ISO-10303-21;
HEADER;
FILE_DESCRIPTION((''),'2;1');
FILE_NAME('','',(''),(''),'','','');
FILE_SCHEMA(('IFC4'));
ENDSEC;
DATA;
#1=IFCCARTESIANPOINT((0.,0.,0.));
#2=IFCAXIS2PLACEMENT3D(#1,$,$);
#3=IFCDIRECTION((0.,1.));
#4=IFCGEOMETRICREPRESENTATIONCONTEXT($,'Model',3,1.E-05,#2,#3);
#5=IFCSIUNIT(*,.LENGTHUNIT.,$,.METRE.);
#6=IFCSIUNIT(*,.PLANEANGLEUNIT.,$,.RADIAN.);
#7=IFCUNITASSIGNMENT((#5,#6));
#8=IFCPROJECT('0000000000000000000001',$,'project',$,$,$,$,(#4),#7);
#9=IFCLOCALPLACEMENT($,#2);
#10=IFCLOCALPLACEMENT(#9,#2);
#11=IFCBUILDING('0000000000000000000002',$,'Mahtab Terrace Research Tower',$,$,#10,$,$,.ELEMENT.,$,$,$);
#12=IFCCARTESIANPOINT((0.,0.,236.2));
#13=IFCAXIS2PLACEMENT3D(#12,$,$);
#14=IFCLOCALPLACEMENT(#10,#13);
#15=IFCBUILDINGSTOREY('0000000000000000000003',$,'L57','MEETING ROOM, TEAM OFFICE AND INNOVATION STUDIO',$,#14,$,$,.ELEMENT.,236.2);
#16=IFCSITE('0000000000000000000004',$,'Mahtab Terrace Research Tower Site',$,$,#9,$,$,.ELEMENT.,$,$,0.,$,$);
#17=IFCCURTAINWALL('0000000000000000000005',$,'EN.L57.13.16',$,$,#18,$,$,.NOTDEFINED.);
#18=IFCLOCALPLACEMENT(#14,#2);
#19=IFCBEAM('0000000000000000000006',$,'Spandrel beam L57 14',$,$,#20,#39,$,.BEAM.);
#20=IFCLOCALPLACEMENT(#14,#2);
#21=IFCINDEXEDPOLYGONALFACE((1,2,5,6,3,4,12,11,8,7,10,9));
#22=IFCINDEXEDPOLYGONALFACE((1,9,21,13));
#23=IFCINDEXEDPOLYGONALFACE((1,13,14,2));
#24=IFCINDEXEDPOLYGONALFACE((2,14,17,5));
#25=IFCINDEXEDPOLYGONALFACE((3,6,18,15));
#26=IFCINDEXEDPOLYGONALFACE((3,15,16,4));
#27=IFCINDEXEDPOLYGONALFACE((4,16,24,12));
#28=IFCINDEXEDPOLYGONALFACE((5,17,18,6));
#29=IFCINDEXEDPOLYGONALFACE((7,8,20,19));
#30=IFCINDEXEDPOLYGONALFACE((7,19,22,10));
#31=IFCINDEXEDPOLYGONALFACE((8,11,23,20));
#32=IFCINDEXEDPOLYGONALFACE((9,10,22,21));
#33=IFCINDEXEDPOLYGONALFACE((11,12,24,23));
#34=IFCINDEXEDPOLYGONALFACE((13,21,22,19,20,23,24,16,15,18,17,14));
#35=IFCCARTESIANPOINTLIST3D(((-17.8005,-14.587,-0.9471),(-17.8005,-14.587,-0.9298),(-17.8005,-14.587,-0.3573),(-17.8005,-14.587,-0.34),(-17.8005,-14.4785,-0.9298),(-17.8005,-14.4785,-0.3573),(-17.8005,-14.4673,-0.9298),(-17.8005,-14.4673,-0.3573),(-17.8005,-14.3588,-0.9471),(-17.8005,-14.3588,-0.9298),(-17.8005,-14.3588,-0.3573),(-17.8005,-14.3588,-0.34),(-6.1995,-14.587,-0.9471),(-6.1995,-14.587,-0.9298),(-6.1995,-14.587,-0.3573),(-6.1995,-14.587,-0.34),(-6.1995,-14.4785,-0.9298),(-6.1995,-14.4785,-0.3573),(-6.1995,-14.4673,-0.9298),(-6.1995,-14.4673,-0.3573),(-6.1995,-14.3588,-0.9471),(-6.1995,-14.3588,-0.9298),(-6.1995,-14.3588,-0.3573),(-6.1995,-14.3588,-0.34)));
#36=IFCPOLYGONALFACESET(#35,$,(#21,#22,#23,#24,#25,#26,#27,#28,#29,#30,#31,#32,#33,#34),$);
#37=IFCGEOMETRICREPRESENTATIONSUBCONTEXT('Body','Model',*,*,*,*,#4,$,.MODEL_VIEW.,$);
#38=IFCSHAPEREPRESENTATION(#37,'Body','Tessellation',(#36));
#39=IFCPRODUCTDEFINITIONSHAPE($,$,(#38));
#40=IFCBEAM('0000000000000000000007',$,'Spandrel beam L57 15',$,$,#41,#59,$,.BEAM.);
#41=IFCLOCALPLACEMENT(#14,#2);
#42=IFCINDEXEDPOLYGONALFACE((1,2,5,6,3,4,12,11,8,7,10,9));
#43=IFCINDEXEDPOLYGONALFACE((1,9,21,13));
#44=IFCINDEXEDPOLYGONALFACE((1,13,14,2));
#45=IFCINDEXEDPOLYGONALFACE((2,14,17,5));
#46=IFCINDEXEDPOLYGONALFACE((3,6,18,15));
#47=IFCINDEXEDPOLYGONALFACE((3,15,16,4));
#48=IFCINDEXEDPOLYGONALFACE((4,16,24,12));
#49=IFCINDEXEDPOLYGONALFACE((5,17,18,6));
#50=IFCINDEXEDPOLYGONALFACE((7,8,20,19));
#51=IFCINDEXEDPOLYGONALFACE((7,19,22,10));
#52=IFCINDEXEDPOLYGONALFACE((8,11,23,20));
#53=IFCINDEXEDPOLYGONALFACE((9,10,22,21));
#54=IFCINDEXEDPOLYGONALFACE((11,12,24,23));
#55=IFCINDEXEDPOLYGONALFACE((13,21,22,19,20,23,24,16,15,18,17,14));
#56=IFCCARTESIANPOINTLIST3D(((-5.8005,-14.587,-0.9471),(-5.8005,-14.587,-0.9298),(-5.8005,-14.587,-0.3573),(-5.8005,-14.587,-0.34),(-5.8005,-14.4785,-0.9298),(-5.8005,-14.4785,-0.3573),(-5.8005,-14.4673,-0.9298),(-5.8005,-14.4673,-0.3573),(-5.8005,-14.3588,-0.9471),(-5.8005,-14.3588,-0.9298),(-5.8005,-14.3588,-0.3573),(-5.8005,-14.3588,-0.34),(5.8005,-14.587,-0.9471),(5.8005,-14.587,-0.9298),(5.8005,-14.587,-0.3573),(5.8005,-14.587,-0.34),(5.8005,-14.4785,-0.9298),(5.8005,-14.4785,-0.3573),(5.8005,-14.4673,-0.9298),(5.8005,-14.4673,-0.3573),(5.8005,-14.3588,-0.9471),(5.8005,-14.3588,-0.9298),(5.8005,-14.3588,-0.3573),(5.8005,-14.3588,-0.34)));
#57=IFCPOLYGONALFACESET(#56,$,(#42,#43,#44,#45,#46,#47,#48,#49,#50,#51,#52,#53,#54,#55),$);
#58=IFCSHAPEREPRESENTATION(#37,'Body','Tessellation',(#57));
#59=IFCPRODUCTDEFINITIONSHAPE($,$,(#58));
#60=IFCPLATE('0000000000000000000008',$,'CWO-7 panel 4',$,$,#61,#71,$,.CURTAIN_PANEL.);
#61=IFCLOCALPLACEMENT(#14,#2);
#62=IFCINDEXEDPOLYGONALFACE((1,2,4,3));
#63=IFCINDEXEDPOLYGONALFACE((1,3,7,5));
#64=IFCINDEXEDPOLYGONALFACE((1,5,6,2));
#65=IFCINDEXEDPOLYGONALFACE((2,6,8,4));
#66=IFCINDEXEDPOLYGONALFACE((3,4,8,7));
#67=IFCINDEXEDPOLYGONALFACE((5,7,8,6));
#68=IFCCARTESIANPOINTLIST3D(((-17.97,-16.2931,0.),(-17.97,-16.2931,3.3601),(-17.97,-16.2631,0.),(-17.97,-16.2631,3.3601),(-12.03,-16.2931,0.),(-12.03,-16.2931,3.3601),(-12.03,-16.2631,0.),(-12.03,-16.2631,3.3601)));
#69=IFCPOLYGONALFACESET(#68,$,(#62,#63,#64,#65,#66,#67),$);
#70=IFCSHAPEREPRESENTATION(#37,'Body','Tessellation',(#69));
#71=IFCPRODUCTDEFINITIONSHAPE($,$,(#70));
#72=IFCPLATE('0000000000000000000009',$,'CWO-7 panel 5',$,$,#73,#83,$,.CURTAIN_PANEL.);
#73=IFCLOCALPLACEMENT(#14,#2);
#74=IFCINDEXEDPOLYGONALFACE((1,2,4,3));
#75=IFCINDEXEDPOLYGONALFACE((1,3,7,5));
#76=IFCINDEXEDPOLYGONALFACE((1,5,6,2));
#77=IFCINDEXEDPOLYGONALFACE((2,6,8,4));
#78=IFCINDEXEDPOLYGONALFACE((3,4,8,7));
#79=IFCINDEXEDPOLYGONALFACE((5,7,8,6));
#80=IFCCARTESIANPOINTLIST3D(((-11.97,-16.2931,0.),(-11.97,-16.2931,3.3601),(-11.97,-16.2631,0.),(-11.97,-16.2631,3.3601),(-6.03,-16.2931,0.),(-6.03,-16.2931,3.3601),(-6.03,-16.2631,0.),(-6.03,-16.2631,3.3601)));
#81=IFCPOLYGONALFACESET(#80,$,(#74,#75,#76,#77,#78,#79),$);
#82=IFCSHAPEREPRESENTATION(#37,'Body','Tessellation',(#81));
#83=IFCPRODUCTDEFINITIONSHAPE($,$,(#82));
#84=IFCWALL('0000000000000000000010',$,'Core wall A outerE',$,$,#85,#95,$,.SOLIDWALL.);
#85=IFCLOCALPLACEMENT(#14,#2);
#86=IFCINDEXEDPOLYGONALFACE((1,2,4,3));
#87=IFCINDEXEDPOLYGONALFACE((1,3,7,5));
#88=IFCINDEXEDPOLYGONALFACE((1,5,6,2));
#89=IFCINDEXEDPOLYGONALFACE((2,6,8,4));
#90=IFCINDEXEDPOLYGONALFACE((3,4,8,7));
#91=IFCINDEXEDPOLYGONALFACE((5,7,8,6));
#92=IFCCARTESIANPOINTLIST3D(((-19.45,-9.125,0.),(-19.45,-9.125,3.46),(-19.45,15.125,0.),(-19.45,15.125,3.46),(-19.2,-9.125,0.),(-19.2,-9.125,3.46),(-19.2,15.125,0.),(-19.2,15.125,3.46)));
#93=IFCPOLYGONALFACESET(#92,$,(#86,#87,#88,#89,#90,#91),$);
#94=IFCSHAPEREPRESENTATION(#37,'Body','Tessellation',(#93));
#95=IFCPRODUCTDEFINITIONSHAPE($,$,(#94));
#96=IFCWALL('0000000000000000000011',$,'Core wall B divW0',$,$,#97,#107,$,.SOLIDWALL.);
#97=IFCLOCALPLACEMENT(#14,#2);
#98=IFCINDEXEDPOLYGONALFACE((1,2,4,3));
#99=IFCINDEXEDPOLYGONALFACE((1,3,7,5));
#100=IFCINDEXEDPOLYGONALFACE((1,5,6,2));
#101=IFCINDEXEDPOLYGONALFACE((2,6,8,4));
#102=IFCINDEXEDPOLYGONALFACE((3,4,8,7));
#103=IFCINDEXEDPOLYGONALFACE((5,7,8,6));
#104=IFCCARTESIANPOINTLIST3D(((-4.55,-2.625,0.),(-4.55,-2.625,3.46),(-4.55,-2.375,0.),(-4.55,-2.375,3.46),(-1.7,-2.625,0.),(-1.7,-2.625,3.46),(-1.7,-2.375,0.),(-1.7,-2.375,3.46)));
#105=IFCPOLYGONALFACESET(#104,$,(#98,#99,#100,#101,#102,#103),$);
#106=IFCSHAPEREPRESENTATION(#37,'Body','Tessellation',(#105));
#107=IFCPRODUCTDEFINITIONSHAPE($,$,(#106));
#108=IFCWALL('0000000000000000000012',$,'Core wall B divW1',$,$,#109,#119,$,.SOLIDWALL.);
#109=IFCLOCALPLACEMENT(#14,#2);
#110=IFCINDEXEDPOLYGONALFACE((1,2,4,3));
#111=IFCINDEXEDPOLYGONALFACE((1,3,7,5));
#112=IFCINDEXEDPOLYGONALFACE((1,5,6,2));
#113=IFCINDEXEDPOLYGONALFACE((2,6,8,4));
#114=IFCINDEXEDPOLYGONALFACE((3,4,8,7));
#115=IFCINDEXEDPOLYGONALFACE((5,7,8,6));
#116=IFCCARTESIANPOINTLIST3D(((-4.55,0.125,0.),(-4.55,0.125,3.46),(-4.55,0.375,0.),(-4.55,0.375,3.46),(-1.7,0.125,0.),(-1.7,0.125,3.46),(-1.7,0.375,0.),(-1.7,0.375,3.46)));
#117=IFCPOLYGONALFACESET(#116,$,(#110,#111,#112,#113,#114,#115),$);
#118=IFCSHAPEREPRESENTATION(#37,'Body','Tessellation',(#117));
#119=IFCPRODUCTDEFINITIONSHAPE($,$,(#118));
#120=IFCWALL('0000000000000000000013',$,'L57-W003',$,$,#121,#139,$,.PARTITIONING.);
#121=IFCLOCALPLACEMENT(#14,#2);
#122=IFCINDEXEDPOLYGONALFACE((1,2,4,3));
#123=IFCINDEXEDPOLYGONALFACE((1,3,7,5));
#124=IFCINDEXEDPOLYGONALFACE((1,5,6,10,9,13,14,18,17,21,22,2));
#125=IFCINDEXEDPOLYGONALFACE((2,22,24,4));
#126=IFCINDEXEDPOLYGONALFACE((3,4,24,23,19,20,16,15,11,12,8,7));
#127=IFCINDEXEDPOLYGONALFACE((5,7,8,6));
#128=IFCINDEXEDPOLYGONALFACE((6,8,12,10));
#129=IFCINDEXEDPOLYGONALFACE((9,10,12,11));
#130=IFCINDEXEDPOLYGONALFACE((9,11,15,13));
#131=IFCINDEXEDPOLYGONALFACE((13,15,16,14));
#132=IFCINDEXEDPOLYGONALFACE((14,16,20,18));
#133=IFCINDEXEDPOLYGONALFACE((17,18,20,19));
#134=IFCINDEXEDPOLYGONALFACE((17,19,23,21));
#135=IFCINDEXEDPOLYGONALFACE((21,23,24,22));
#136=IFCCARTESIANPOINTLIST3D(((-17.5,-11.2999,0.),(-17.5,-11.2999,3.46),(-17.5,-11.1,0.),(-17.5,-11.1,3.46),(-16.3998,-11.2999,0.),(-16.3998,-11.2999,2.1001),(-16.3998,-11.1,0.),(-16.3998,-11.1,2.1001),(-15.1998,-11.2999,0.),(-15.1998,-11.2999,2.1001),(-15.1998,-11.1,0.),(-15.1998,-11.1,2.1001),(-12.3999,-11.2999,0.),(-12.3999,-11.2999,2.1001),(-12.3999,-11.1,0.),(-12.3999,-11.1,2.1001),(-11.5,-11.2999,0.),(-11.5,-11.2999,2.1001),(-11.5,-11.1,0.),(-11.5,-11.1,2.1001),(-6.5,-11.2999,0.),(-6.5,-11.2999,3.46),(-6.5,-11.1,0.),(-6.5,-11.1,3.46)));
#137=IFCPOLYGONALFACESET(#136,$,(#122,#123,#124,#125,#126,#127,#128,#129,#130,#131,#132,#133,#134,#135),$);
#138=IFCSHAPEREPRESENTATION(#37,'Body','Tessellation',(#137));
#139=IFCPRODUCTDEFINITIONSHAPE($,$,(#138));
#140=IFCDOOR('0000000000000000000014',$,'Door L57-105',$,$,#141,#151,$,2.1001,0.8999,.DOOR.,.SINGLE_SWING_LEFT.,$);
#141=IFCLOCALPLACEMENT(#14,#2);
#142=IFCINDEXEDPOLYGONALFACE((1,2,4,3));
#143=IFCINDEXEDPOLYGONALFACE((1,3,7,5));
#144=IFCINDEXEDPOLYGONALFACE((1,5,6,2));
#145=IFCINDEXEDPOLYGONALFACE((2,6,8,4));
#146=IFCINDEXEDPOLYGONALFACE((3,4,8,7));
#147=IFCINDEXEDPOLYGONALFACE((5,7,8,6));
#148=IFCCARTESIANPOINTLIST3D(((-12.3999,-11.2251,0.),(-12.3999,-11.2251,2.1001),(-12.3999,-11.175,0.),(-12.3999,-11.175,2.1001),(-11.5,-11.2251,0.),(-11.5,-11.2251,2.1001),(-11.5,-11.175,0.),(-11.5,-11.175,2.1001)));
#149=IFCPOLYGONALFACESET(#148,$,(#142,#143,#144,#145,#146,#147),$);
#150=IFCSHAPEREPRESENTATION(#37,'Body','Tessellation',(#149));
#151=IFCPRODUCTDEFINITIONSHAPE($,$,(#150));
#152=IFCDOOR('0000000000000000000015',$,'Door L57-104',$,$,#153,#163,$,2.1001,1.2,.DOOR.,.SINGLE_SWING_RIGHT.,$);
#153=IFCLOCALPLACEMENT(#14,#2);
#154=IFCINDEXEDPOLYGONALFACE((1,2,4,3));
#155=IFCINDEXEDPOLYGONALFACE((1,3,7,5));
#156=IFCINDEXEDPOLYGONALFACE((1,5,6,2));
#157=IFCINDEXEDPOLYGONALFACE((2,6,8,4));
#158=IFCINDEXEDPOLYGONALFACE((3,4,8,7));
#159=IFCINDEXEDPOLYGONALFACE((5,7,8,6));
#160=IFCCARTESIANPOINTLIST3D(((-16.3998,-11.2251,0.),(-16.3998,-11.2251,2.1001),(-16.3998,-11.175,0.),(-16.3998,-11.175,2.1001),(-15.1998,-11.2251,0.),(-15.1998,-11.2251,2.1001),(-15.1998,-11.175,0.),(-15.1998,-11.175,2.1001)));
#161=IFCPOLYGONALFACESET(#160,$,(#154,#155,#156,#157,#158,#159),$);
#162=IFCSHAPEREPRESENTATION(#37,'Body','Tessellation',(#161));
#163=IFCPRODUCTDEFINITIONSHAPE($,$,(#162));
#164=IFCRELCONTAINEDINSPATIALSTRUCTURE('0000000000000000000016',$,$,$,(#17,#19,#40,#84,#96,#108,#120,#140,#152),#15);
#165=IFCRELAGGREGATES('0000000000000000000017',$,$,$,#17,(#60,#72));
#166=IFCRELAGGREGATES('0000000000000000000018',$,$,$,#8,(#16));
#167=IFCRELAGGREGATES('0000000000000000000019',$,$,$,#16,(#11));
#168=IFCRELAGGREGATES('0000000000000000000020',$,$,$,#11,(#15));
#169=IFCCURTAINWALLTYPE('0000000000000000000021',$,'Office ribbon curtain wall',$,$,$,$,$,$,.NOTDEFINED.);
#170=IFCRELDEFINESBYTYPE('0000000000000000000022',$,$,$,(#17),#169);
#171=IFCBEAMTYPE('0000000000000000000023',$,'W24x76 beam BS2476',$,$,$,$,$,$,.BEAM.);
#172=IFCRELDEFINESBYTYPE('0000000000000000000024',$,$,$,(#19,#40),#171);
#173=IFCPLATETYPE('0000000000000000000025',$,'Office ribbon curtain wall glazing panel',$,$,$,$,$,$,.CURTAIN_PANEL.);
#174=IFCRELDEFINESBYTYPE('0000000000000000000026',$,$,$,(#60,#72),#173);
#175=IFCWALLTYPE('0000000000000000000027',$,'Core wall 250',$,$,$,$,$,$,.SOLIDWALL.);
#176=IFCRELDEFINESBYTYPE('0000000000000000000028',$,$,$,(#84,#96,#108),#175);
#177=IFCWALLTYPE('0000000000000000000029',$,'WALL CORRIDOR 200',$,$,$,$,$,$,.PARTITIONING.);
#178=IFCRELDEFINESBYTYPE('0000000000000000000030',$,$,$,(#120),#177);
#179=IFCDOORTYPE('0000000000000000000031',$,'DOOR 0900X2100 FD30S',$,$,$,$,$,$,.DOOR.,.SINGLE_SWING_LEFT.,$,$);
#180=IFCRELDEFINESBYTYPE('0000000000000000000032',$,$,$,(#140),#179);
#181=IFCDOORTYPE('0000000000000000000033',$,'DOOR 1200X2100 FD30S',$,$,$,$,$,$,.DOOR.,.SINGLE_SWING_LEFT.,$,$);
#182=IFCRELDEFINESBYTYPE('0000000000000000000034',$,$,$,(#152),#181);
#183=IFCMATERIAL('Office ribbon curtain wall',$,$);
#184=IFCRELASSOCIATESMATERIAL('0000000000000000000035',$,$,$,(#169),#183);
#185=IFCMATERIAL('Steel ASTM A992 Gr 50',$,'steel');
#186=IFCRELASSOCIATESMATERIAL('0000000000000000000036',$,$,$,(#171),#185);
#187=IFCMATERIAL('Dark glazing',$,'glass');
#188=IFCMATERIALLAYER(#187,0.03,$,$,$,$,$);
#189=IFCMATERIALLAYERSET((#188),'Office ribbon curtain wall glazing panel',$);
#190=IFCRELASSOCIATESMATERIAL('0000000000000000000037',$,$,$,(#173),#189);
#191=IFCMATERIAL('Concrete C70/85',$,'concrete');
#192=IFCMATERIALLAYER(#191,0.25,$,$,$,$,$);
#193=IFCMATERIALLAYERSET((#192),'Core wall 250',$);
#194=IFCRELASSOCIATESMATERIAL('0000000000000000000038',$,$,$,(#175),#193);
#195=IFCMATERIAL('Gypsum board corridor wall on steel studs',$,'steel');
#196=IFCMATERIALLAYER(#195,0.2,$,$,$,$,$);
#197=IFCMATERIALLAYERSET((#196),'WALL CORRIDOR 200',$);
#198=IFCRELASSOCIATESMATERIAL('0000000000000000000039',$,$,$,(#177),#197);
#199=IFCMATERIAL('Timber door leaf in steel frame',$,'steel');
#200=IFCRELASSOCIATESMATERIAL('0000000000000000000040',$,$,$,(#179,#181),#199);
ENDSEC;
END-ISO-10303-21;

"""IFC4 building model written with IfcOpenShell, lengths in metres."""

from ifc_helpers import new_model, si_unit, direction, frame, frame_2d, origin, origin_2d, place, context, subcontext, project, spatial, rectangle, i_section, extrude, material, layer, layer_set, material_profile, profile_set, type_object, element, fill, aggregate, save


model = new_model("IFC4")

# Units and contexts
model_context = context("Model", 3, precision=1e-05, world=origin(), true_north=direction((0.0, 1.0)))
body_context = subcontext(model_context, "Body", "Model", "MODEL_VIEW")
ifc_project = project(units=[si_unit("LENGTHUNIT", "METRE"), si_unit("PLANEANGLEUNIT", "RADIAN")], contexts=[model_context])

# Site, building, storey
site_placement = place(None, origin())
site = spatial("IfcSite", under=ifc_project, at=site_placement, Name="Mahtab Terrace Research Tower Site", CompositionType="ELEMENT", RefElevation=0.0)
building_placement = place(site_placement, origin())
building = spatial("IfcBuilding", under=site, at=building_placement, Name="Mahtab Terrace Research Tower", CompositionType="ELEMENT")
storey_placement = place(building_placement, frame((0.0, 0.0, 236.2)))
storey = spatial("IfcBuildingStorey", under=building, at=storey_placement, Name="L57", Description="MEETING ROOM, TEAM OFFICE AND INNOVATION STUDIO", CompositionType="ELEMENT", Elevation=236.2)

# Shared definitions
ifc_material_1 = material(Name="Concrete C70/85", Category="concrete")
ifc_material_2 = material(Name="Steel ASTM A992 Gr 50", Category="steel")

# Curtain wall
ifc_material_3 = material(Name="Office ribbon curtain wall")
curtain_wall_type = type_object("IfcCurtainWallType", Name="Office ribbon curtain wall", PredefinedType="NOTDEFINED", material=ifc_material_3)
curtain_wall_placement = place(storey_placement, origin())
curtain_wall = element("IfcCurtainWall", 1, at=curtain_wall_placement, inside=storey, type_object=curtain_wall_type, Name="EN.L57.13.16", PredefinedType="NOTDEFINED")

# Beams
ifc_material_profile_1 = material_profile(ifc_material_2, i_section(OverallWidth=0.2283, OverallDepth=0.6072, WebThickness=0.0112, FlangeThickness=0.0173, at=origin_2d()), Name="W24X76")
ifc_profile_set_1 = profile_set([ifc_material_profile_1], Name="Steel ASTM A992 Gr 50")
beam_type = type_object("IfcBeamType", Name="W24x76 beam BS2476", PredefinedType="BEAM", material=ifc_profile_set_1)
for number, where, z_axis, x_axis, name in (
    (2, (-17.8005, -14.4729, -0.6436), (1.0, 0.0, 0.0), (0.0, 1.0, 0.0), "Spandrel beam L57 14"),
    (3, (-5.8005, -14.4729, -0.6436), (1.0, 0.0, 0.0), (0.0, 1.0, 0.0), "Spandrel beam L57 15"),
):
    element("IfcBeam", number, at=place(storey_placement, frame(where, z_axis=z_axis, x_axis=x_axis)), inside=storey, type_object=beam_type, Name=name, PredefinedType="BEAM", context=body_context, shape_type="SweptSolid", body=[
        extrude(i_section(OverallWidth=0.2283, OverallDepth=0.6072, WebThickness=0.0112, FlangeThickness=0.0173, at=origin_2d()), origin(), (0.0, 0.0, 1.0), 11.6011),
    ])

# Plates
ifc_material_4 = material(Name="Dark glazing", Category="glass")
ifc_layer_1 = layer(ifc_material_4, 0.03)
ifc_layer_set_1 = layer_set([ifc_layer_1], Name="Office ribbon curtain wall glazing panel")
plate_type = type_object("IfcPlateType", Name="Office ribbon curtain wall glazing panel", PredefinedType="CURTAIN_PANEL", material=ifc_layer_set_1)
plate_1_placement = place(storey_placement, frame((-15.0, -16.2781, 0.0), z_axis=(0.0, 0.0, 1.0), x_axis=(1.0, 0.0, 0.0)))
plate_1 = element("IfcPlate", 4, at=plate_1_placement, type_object=plate_type, Name="CWO-7 panel 4", PredefinedType="CURTAIN_PANEL", context=body_context, shape_type="SweptSolid", body=[
    extrude(rectangle(XDim=5.9399, YDim=0.03, at=origin_2d()), origin(), (0.0, 0.0, 1.0), 3.3601),
])
plate_2_placement = place(storey_placement, frame((-9.0, -16.2781, 0.0), z_axis=(0.0, 0.0, 1.0), x_axis=(1.0, 0.0, 0.0)))
plate_2 = element("IfcPlate", 5, at=plate_2_placement, type_object=plate_type, Name="CWO-7 panel 5", PredefinedType="CURTAIN_PANEL", context=body_context, shape_type="SweptSolid", body=[
    extrude(rectangle(XDim=5.9399, YDim=0.03, at=origin_2d()), origin(), (0.0, 0.0, 1.0), 3.3601),
])
aggregate(curtain_wall, [plate_1, plate_2])

# Walls
ifc_layer_2 = layer(ifc_material_1, 0.25)
ifc_layer_set_2 = layer_set([ifc_layer_2], Name="Core wall 250")
wall_type_1 = type_object("IfcWallType", Name="Core wall 250", PredefinedType="SOLIDWALL", material=ifc_layer_set_2)
wall_1_placement = place(storey_placement, frame((-19.325, -9.125, 0.0), z_axis=(0.0, 0.0, 1.0), x_axis=(0.0, 1.0, 0.0)))
element("IfcWall", 6, at=wall_1_placement, inside=storey, type_object=wall_type_1, Name="Core wall A outerE", PredefinedType="SOLIDWALL", context=body_context, shape_type="SweptSolid", body=[
    extrude(rectangle(XDim=24.25, YDim=0.25, at=frame_2d((12.125, 0.0))), origin(), (0.0, 0.0, 1.0), 3.46),
])
for number, where, z_axis, x_axis, name in (
    (7, (-4.55, -2.5, 0.0), (0.0, 0.0, 1.0), (1.0, 0.0, 0.0), "Core wall B divW0"),
    (8, (-4.55, 0.25, 0.0), (0.0, 0.0, 1.0), (1.0, 0.0, 0.0), "Core wall B divW1"),
):
    element("IfcWall", number, at=place(storey_placement, frame(where, z_axis=z_axis, x_axis=x_axis)), inside=storey, type_object=wall_type_1, Name=name, PredefinedType="SOLIDWALL", context=body_context, shape_type="SweptSolid", body=[
        extrude(rectangle(XDim=2.8501, YDim=0.25, at=frame_2d((1.425, 0.0))), origin(), (0.0, 0.0, 1.0), 3.46),
    ])

# Wall, openings, doors
ifc_material_5 = material(Name="Gypsum board corridor wall on steel studs", Category="steel")
ifc_layer_3 = layer(ifc_material_5, 0.2)
ifc_layer_set_3 = layer_set([ifc_layer_3], Name="WALL CORRIDOR 200")
wall_type_2 = type_object("IfcWallType", Name="WALL CORRIDOR 200", PredefinedType="PARTITIONING", material=ifc_layer_set_3)
wall_2_placement = place(storey_placement, frame((-17.5, -11.2, 0.0), z_axis=(0.0, 0.0, 1.0), x_axis=(1.0, 0.0, 0.0)))
wall_2 = element("IfcWall", 9, at=wall_2_placement, inside=storey, type_object=wall_type_2, Name="L57-W003", PredefinedType="PARTITIONING", context=body_context, shape_type="SweptSolid", body=[
    extrude(rectangle(XDim=11.0, YDim=0.2, at=frame_2d((5.5, 0.0))), origin(), (0.0, 0.0, 1.0), 3.46),
])
opening_1_placement = place(wall_2_placement, frame((1.1001, 0.0, 0.0)))
opening_1 = element("IfcOpeningElement", 10, at=opening_1_placement, cuts=wall_2, PredefinedType="OPENING", context=body_context, shape_type="SweptSolid", body=[
    extrude(rectangle(XDim=1.2, YDim=2.1001, at=frame_2d((0.6001, 1.05))), frame((0.0, 0.1099, 0.0), z_axis=(0.0, -1.0, 0.0), x_axis=(1.0, 0.0, 0.0)), (0.0, 0.0, 1.0), 0.22),
])
opening_2_placement = place(wall_2_placement, frame((5.1001, 0.0, 0.0)))
opening_2 = element("IfcOpeningElement", 11, at=opening_2_placement, cuts=wall_2, PredefinedType="OPENING", context=body_context, shape_type="SweptSolid", body=[
    extrude(rectangle(XDim=0.8999, YDim=2.1001, at=frame_2d((0.45, 1.05))), frame((0.0, 0.1099, 0.0), z_axis=(0.0, -1.0, 0.0), x_axis=(1.0, 0.0, 0.0)), (0.0, 0.0, 1.0), 0.22),
])
ifc_material_6 = material(Name="Timber door leaf in steel frame", Category="steel")
door_type_1 = type_object("IfcDoorType", Name="DOOR 0900X2100 FD30S", OperationType="SINGLE_SWING_LEFT", PredefinedType="DOOR", material=ifc_material_6)
door_1_placement = place(opening_2_placement, origin())
door_1 = element("IfcDoor", 12, at=door_1_placement, inside=storey, type_object=door_type_1, Name="Door L57-105", OperationType="SINGLE_SWING_LEFT", OverallHeight=2.1001, OverallWidth=0.8999, PredefinedType="DOOR", context=body_context, shape_type="SweptSolid", body=[
    extrude(rectangle(XDim=0.8999, YDim=2.1001, at=frame_2d((0.45, 1.05))), frame((0.0, 0.0249, 0.0), z_axis=(0.0, -1.0, 0.0), x_axis=(1.0, 0.0, 0.0)), (0.0, 0.0, 1.0), 0.05),
])
fill(opening_2, door_1)
door_type_2 = type_object("IfcDoorType", Name="DOOR 1200X2100 FD30S", OperationType="SINGLE_SWING_LEFT", PredefinedType="DOOR", material=ifc_material_6)
door_2_placement = place(opening_1_placement, origin())
door_2 = element("IfcDoor", 13, at=door_2_placement, inside=storey, type_object=door_type_2, Name="Door L57-104", OperationType="SINGLE_SWING_RIGHT", OverallHeight=2.1001, OverallWidth=1.2, PredefinedType="DOOR", context=body_context, shape_type="SweptSolid", body=[
    extrude(rectangle(XDim=1.2, YDim=2.1001, at=frame_2d((0.6001, 1.05))), frame((0.0, 0.0249, 0.0), z_axis=(0.0, -1.0, 0.0), x_axis=(1.0, 0.0, 0.0)), (0.0, 0.0, 1.0), 0.05),
])
fill(opening_1, door_2)

save(model, "model.ifc")
